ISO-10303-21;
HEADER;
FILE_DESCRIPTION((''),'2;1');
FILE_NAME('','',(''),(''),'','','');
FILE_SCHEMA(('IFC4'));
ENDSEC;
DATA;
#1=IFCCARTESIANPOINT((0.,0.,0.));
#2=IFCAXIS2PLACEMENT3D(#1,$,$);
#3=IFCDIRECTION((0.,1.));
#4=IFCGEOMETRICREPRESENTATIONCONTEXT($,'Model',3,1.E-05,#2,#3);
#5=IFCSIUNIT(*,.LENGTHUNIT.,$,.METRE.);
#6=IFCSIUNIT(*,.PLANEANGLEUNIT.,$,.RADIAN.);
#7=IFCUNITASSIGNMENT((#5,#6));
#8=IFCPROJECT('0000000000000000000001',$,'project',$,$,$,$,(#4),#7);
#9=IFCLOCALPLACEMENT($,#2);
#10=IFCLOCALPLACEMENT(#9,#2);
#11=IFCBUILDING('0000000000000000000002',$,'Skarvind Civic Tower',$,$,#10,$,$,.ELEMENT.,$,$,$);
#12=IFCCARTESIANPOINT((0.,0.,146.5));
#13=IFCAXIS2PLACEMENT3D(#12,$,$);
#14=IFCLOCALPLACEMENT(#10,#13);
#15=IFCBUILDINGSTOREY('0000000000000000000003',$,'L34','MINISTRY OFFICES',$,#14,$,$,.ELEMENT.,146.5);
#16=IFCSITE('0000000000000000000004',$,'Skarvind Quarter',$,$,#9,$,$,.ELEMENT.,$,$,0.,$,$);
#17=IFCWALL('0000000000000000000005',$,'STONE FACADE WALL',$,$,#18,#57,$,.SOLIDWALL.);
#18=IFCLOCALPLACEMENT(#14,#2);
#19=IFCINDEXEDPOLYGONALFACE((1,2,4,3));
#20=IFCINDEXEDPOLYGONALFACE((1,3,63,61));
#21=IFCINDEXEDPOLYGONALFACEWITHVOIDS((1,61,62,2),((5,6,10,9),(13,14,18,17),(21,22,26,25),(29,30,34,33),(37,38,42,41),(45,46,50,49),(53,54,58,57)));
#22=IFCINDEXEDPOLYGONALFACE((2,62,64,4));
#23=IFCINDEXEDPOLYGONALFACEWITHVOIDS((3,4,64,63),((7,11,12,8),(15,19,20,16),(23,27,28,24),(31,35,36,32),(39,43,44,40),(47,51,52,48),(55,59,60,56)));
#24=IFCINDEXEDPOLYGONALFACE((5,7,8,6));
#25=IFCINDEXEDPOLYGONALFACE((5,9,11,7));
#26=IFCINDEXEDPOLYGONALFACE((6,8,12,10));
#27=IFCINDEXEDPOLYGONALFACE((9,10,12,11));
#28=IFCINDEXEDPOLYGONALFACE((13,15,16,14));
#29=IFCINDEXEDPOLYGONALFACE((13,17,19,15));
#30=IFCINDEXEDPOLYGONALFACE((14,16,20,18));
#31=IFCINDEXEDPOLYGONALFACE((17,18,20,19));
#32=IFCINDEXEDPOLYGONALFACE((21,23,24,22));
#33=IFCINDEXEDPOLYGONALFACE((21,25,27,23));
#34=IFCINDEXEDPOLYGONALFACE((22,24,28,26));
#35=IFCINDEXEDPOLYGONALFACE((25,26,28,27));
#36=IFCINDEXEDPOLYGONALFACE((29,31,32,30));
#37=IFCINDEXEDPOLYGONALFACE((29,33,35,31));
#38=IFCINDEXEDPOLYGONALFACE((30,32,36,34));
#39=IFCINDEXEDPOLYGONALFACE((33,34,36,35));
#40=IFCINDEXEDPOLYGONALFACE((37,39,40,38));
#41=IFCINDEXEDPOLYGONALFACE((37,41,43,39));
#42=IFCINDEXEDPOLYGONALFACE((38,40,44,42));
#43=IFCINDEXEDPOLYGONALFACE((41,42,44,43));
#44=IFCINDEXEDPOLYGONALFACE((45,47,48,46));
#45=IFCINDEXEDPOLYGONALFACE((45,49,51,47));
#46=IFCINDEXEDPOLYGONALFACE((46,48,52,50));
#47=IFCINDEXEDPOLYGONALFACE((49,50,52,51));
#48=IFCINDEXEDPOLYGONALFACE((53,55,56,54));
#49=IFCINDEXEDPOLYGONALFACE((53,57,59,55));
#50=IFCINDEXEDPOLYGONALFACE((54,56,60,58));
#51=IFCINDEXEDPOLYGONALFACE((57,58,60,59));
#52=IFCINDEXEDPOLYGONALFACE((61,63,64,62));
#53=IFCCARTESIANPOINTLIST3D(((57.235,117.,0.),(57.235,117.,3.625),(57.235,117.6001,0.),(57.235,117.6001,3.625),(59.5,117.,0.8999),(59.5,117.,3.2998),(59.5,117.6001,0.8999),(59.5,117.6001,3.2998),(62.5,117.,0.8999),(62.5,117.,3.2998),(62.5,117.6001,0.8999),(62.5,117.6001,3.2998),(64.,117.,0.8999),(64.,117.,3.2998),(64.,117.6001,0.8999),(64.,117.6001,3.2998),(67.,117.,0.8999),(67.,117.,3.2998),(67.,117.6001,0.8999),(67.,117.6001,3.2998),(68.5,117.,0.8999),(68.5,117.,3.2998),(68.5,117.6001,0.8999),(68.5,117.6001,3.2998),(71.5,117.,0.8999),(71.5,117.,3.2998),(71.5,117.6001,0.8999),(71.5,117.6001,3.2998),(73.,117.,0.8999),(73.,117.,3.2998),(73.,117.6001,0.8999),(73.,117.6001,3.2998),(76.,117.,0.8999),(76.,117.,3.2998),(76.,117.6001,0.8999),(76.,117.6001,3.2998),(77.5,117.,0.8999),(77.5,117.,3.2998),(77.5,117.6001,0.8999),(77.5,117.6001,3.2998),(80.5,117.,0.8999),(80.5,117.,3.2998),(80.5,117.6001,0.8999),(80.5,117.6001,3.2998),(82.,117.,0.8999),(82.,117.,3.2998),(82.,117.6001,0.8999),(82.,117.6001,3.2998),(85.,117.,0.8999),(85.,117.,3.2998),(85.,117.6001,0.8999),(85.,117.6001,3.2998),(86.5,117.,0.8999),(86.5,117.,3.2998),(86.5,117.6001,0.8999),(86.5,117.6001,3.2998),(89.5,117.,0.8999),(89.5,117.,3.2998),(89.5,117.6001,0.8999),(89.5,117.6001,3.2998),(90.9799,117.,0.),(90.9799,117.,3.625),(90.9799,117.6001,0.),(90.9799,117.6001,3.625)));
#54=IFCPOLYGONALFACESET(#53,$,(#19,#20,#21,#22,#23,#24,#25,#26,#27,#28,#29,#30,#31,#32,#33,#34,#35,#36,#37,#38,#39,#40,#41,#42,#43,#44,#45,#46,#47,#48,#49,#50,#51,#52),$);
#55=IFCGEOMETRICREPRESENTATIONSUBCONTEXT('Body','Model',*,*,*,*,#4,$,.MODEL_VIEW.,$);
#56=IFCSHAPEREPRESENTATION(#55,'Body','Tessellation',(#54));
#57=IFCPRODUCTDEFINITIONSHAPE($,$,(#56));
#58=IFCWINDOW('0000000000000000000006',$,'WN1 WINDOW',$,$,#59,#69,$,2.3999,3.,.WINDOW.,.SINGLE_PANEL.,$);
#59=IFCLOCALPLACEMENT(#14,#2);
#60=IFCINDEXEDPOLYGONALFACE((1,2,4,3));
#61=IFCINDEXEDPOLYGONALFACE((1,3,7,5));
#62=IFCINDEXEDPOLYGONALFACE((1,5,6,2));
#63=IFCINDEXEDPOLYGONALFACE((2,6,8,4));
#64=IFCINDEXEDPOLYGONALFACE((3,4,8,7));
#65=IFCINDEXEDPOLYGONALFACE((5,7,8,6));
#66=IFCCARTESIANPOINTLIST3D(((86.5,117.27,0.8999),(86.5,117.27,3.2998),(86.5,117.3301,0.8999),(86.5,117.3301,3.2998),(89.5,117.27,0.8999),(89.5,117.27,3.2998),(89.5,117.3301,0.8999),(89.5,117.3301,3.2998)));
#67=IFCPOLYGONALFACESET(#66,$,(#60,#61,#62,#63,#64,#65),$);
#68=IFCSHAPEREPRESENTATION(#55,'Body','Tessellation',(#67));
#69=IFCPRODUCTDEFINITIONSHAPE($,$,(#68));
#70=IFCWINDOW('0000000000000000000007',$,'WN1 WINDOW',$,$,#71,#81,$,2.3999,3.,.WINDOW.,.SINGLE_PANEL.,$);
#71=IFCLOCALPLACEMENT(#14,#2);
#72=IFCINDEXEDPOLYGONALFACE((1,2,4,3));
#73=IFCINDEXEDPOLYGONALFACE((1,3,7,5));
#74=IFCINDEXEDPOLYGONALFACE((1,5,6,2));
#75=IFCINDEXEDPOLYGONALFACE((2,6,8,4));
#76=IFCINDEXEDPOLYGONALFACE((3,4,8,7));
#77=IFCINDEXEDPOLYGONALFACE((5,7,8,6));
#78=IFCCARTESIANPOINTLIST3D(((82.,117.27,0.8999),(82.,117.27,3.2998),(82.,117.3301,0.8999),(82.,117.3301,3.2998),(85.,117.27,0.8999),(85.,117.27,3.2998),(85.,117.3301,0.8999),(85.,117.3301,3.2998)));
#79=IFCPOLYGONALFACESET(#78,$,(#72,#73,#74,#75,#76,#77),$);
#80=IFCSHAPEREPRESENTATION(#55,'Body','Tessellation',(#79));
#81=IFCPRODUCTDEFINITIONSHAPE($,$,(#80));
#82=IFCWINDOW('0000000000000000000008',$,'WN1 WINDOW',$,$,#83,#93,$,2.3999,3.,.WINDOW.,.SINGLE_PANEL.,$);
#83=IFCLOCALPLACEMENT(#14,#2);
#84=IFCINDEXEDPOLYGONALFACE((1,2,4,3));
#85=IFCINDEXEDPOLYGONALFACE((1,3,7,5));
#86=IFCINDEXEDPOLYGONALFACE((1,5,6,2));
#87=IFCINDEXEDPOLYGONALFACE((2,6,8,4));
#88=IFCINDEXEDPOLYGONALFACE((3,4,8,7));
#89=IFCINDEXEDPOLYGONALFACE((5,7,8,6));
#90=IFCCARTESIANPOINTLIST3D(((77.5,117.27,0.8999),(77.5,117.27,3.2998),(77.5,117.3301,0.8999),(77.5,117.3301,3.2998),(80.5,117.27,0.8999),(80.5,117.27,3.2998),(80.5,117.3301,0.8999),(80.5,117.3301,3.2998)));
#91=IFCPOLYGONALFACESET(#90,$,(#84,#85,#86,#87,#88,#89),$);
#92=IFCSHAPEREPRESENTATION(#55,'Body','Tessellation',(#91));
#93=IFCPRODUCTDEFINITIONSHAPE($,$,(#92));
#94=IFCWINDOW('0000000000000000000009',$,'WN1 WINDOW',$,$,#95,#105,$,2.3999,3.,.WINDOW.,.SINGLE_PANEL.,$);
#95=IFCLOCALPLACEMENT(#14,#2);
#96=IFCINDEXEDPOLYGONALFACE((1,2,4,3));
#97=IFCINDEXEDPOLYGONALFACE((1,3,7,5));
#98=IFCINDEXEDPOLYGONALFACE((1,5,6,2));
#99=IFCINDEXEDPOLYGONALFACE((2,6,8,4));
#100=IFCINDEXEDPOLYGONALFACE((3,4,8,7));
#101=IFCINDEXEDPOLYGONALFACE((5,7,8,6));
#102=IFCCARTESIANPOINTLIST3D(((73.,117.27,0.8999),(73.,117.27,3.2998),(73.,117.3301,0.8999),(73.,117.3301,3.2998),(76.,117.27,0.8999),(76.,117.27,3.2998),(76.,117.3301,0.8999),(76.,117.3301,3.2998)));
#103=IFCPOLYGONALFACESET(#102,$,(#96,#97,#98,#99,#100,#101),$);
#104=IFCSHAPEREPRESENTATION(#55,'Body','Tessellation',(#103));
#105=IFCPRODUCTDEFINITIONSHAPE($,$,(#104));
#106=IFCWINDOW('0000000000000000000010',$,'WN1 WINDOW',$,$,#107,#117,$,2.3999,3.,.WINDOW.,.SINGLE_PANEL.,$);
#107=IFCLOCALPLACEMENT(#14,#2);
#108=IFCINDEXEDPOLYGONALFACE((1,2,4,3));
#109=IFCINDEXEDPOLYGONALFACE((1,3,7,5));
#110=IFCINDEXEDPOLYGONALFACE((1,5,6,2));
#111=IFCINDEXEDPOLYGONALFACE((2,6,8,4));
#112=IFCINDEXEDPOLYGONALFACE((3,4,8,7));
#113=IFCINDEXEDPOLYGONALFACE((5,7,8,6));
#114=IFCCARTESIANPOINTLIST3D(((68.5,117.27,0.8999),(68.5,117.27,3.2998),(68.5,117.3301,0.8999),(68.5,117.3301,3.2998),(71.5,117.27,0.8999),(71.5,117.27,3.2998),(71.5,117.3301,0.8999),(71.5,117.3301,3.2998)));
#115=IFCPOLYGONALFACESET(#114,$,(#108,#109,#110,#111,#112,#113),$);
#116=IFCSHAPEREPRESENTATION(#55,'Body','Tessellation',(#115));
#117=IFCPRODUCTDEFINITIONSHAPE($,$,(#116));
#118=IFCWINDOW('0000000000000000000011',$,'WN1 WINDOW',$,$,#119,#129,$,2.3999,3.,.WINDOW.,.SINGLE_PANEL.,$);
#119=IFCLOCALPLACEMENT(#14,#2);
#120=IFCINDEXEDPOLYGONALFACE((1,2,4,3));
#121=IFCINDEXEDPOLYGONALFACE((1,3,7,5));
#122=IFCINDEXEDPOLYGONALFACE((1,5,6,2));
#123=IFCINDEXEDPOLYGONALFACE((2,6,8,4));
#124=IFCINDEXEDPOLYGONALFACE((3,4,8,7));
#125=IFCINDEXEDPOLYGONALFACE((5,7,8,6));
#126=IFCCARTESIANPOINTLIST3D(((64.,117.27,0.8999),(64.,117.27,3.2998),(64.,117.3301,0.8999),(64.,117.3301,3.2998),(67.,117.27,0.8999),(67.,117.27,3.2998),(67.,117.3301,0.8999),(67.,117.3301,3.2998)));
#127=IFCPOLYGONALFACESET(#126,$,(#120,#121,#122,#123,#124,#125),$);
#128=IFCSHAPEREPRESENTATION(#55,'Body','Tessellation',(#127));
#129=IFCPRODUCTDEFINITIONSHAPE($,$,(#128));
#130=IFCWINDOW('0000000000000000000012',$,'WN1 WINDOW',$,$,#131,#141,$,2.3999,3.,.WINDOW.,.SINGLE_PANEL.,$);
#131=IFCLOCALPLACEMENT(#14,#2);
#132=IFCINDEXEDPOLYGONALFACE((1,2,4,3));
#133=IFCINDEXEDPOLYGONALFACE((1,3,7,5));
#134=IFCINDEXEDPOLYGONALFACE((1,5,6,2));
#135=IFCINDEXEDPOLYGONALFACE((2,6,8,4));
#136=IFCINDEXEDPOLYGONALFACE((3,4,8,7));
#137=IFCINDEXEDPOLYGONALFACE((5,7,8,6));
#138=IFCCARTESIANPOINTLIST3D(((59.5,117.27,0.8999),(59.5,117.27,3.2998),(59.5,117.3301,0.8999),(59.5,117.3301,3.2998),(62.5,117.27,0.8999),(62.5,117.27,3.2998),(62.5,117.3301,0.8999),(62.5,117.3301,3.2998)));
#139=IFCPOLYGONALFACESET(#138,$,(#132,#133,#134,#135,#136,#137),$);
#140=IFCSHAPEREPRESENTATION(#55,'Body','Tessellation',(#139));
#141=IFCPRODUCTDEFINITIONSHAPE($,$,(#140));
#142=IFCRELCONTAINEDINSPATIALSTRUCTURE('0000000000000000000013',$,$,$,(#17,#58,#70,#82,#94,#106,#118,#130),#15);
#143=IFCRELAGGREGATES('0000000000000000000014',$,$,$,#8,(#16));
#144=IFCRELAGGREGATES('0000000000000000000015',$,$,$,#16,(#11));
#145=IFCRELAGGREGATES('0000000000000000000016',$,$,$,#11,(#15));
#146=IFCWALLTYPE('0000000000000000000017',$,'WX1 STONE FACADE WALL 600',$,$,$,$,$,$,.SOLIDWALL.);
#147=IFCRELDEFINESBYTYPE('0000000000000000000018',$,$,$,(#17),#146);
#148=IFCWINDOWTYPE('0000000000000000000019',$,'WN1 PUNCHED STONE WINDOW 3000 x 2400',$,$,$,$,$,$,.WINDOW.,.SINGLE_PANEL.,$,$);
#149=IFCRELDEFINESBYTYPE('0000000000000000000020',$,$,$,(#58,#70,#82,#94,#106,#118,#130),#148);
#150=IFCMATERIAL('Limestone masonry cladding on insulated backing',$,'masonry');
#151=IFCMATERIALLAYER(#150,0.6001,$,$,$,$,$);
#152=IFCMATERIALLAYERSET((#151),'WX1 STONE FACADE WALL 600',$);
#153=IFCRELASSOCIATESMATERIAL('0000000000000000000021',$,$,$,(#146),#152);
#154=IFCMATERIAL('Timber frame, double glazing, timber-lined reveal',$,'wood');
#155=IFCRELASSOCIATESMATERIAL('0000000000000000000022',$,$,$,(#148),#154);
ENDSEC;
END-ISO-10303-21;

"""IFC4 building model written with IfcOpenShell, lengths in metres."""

from ifc_helpers import new_model, si_unit, direction, frame, frame_2d, origin, place, context, subcontext, project, spatial, rectangle, extrude, material, layer, layer_set, type_object, element, fill, save


model = new_model("IFC4")

# Units and contexts
model_context = context("Model", 3, precision=1e-05, world=origin(), true_north=direction((0.0, 1.0)))
body_context = subcontext(model_context, "Body", "Model", "MODEL_VIEW")
ifc_project = project(units=[si_unit("LENGTHUNIT", "METRE"), si_unit("PLANEANGLEUNIT", "RADIAN")], contexts=[model_context])

# Site, building, storey
site_placement = place(None, origin())
site = spatial("IfcSite", under=ifc_project, at=site_placement, Name="Skarvind Quarter", CompositionType="ELEMENT", RefElevation=0.0)
building_placement = place(site_placement, origin())
building = spatial("IfcBuilding", under=site, at=building_placement, Name="Skarvind Civic Tower", CompositionType="ELEMENT")
storey_placement = place(building_placement, frame((0.0, 0.0, 146.5)))
storey = spatial("IfcBuildingStorey", under=building, at=storey_placement, Name="L34", Description="MINISTRY OFFICES", CompositionType="ELEMENT", Elevation=146.5)

# Wall, openings, windows
ifc_material_1 = material(Name="Limestone masonry cladding on insulated backing", Category="masonry")
ifc_layer_1 = layer(ifc_material_1, 0.6001)
ifc_layer_set_1 = layer_set([ifc_layer_1], Name="WX1 STONE FACADE WALL 600")
wall_type_1 = type_object("IfcWallType", Name="WX1 STONE FACADE WALL 600", PredefinedType="SOLIDWALL", material=ifc_layer_set_1)
wall_1_placement = place(storey_placement, frame((90.98, 117.3, 0.0), z_axis=(0.0, 0.0, 1.0), x_axis=(-1.0, 0.0, 0.0)))
wall_1 = element("IfcWall", 1, at=wall_1_placement, inside=storey, type_object=wall_type_1, Name="STONE FACADE WALL", PredefinedType="SOLIDWALL", context=body_context, shape_type="SweptSolid", body=[
    extrude(rectangle(XDim=33.7449, YDim=0.6001, at=frame_2d((16.8726, 0.0))), origin(), (0.0, 0.0, 1.0), 3.625),
])
opening_1_placement = place(wall_1_placement, frame((1.48, 0.0, 0.8999)))
opening_1 = element("IfcOpeningElement", 2, at=opening_1_placement, cuts=wall_1, PredefinedType="OPENING", context=body_context, shape_type="SweptSolid", body=[
    extrude(rectangle(XDim=3.0, YDim=2.3999, at=frame_2d((1.5, 1.2))), frame((0.0, 0.3101, 0.0), z_axis=(0.0, -1.0, 0.0), x_axis=(1.0, 0.0, 0.0)), (0.0, 0.0, 1.0), 0.6201),
])
opening_2_placement = place(wall_1_placement, frame((5.98, 0.0, 0.8999)))
opening_2 = element("IfcOpeningElement", 3, at=opening_2_placement, cuts=wall_1, PredefinedType="OPENING", context=body_context, shape_type="SweptSolid", body=[
    extrude(rectangle(XDim=3.0, YDim=2.3999, at=frame_2d((1.5, 1.2))), frame((0.0, 0.3101, 0.0), z_axis=(0.0, -1.0, 0.0), x_axis=(1.0, 0.0, 0.0)), (0.0, 0.0, 1.0), 0.6201),
])
opening_3_placement = place(wall_1_placement, frame((10.48, 0.0, 0.8999)))
opening_3 = element("IfcOpeningElement", 4, at=opening_3_placement, cuts=wall_1, PredefinedType="OPENING", context=body_context, shape_type="SweptSolid", body=[
    extrude(rectangle(XDim=3.0, YDim=2.3999, at=frame_2d((1.5, 1.2))), frame((0.0, 0.3101, 0.0), z_axis=(0.0, -1.0, 0.0), x_axis=(1.0, 0.0, 0.0)), (0.0, 0.0, 1.0), 0.6201),
])
opening_4_placement = place(wall_1_placement, frame((14.98, 0.0, 0.8999)))
opening_4 = element("IfcOpeningElement", 5, at=opening_4_placement, cuts=wall_1, PredefinedType="OPENING", context=body_context, shape_type="SweptSolid", body=[
    extrude(rectangle(XDim=3.0, YDim=2.3999, at=frame_2d((1.5, 1.2))), frame((0.0, 0.3101, 0.0), z_axis=(0.0, -1.0, 0.0), x_axis=(1.0, 0.0, 0.0)), (0.0, 0.0, 1.0), 0.6201),
])
opening_5_placement = place(wall_1_placement, frame((19.48, 0.0, 0.8999)))
opening_5 = element("IfcOpeningElement", 6, at=opening_5_placement, cuts=wall_1, PredefinedType="OPENING", context=body_context, shape_type="SweptSolid", body=[
    extrude(rectangle(XDim=3.0, YDim=2.3999, at=frame_2d((1.5, 1.2))), frame((0.0, 0.3101, 0.0), z_axis=(0.0, -1.0, 0.0), x_axis=(1.0, 0.0, 0.0)), (0.0, 0.0, 1.0), 0.6201),
])
opening_6_placement = place(wall_1_placement, frame((23.98, 0.0, 0.8999)))
opening_6 = element("IfcOpeningElement", 7, at=opening_6_placement, cuts=wall_1, PredefinedType="OPENING", context=body_context, shape_type="SweptSolid", body=[
    extrude(rectangle(XDim=3.0, YDim=2.3999, at=frame_2d((1.5, 1.2))), frame((0.0, 0.3101, 0.0), z_axis=(0.0, -1.0, 0.0), x_axis=(1.0, 0.0, 0.0)), (0.0, 0.0, 1.0), 0.6201),
])
opening_7_placement = place(wall_1_placement, frame((28.48, 0.0, 0.8999)))
opening_7 = element("IfcOpeningElement", 8, at=opening_7_placement, cuts=wall_1, PredefinedType="OPENING", context=body_context, shape_type="SweptSolid", body=[
    extrude(rectangle(XDim=3.0, YDim=2.3999, at=frame_2d((1.5, 1.2))), frame((0.0, 0.3101, 0.0), z_axis=(0.0, -1.0, 0.0), x_axis=(1.0, 0.0, 0.0)), (0.0, 0.0, 1.0), 0.6201),
])
ifc_material_2 = material(Name="Timber frame, double glazing, timber-lined reveal", Category="wood")
window_type = type_object("IfcWindowType", Name="WN1 PUNCHED STONE WINDOW 3000 x 2400", PartitioningType="SINGLE_PANEL", PredefinedType="WINDOW", material=ifc_material_2)
window_1_placement = place(opening_1_placement, origin())
window_1 = element("IfcWindow", 9, at=window_1_placement, inside=storey, type_object=window_type, Name="WN1 WINDOW", OverallHeight=2.3999, OverallWidth=3.0, PartitioningType="SINGLE_PANEL", PredefinedType="WINDOW", context=body_context, shape_type="SweptSolid", body=[
    extrude(rectangle(XDim=3.0, YDim=2.3999, at=frame_2d((1.5, 1.2))), frame((0.0, 0.03, 0.0), z_axis=(0.0, -1.0, 0.0), x_axis=(1.0, 0.0, 0.0)), (0.0, 0.0, 1.0), 0.0601),
])
fill(opening_1, window_1)
window_2_placement = place(opening_2_placement, origin())
window_2 = element("IfcWindow", 10, at=window_2_placement, inside=storey, type_object=window_type, Name="WN1 WINDOW", OverallHeight=2.3999, OverallWidth=3.0, PartitioningType="SINGLE_PANEL", PredefinedType="WINDOW", context=body_context, shape_type="SweptSolid", body=[
    extrude(rectangle(XDim=3.0, YDim=2.3999, at=frame_2d((1.5, 1.2))), frame((0.0, 0.03, 0.0), z_axis=(0.0, -1.0, 0.0), x_axis=(1.0, 0.0, 0.0)), (0.0, 0.0, 1.0), 0.0601),
])
fill(opening_2, window_2)
window_3_placement = place(opening_3_placement, origin())
window_3 = element("IfcWindow", 11, at=window_3_placement, inside=storey, type_object=window_type, Name="WN1 WINDOW", OverallHeight=2.3999, OverallWidth=3.0, PartitioningType="SINGLE_PANEL", PredefinedType="WINDOW", context=body_context, shape_type="SweptSolid", body=[
    extrude(rectangle(XDim=3.0, YDim=2.3999, at=frame_2d((1.5, 1.2))), frame((0.0, 0.03, 0.0), z_axis=(0.0, -1.0, 0.0), x_axis=(1.0, 0.0, 0.0)), (0.0, 0.0, 1.0), 0.0601),
])
fill(opening_3, window_3)
window_4_placement = place(opening_4_placement, origin())
window_4 = element("IfcWindow", 12, at=window_4_placement, inside=storey, type_object=window_type, Name="WN1 WINDOW", OverallHeight=2.3999, OverallWidth=3.0, PartitioningType="SINGLE_PANEL", PredefinedType="WINDOW", context=body_context, shape_type="SweptSolid", body=[
    extrude(rectangle(XDim=3.0, YDim=2.3999, at=frame_2d((1.5, 1.2))), frame((0.0, 0.03, 0.0), z_axis=(0.0, -1.0, 0.0), x_axis=(1.0, 0.0, 0.0)), (0.0, 0.0, 1.0), 0.0601),
])
fill(opening_4, window_4)
window_5_placement = place(opening_5_placement, origin())
window_5 = element("IfcWindow", 13, at=window_5_placement, inside=storey, type_object=window_type, Name="WN1 WINDOW", OverallHeight=2.3999, OverallWidth=3.0, PartitioningType="SINGLE_PANEL", PredefinedType="WINDOW", context=body_context, shape_type="SweptSolid", body=[
    extrude(rectangle(XDim=3.0, YDim=2.3999, at=frame_2d((1.5, 1.2))), frame((0.0, 0.03, 0.0), z_axis=(0.0, -1.0, 0.0), x_axis=(1.0, 0.0, 0.0)), (0.0, 0.0, 1.0), 0.0601),
])
fill(opening_5, window_5)
window_6_placement = place(opening_6_placement, origin())
window_6 = element("IfcWindow", 14, at=window_6_placement, inside=storey, type_object=window_type, Name="WN1 WINDOW", OverallHeight=2.3999, OverallWidth=3.0, PartitioningType="SINGLE_PANEL", PredefinedType="WINDOW", context=body_context, shape_type="SweptSolid", body=[
    extrude(rectangle(XDim=3.0, YDim=2.3999, at=frame_2d((1.5, 1.2))), frame((0.0, 0.03, 0.0), z_axis=(0.0, -1.0, 0.0), x_axis=(1.0, 0.0, 0.0)), (0.0, 0.0, 1.0), 0.0601),
])
fill(opening_6, window_6)
window_7_placement = place(opening_7_placement, origin())
window_7 = element("IfcWindow", 15, at=window_7_placement, inside=storey, type_object=window_type, Name="WN1 WINDOW", OverallHeight=2.3999, OverallWidth=3.0, PartitioningType="SINGLE_PANEL", PredefinedType="WINDOW", context=body_context, shape_type="SweptSolid", body=[
    extrude(rectangle(XDim=3.0, YDim=2.3999, at=frame_2d((1.5, 1.2))), frame((0.0, 0.03, 0.0), z_axis=(0.0, -1.0, 0.0), x_axis=(1.0, 0.0, 0.0)), (0.0, 0.0, 1.0), 0.0601),
])
fill(opening_7, window_7)

save(model, "model.ifc")
